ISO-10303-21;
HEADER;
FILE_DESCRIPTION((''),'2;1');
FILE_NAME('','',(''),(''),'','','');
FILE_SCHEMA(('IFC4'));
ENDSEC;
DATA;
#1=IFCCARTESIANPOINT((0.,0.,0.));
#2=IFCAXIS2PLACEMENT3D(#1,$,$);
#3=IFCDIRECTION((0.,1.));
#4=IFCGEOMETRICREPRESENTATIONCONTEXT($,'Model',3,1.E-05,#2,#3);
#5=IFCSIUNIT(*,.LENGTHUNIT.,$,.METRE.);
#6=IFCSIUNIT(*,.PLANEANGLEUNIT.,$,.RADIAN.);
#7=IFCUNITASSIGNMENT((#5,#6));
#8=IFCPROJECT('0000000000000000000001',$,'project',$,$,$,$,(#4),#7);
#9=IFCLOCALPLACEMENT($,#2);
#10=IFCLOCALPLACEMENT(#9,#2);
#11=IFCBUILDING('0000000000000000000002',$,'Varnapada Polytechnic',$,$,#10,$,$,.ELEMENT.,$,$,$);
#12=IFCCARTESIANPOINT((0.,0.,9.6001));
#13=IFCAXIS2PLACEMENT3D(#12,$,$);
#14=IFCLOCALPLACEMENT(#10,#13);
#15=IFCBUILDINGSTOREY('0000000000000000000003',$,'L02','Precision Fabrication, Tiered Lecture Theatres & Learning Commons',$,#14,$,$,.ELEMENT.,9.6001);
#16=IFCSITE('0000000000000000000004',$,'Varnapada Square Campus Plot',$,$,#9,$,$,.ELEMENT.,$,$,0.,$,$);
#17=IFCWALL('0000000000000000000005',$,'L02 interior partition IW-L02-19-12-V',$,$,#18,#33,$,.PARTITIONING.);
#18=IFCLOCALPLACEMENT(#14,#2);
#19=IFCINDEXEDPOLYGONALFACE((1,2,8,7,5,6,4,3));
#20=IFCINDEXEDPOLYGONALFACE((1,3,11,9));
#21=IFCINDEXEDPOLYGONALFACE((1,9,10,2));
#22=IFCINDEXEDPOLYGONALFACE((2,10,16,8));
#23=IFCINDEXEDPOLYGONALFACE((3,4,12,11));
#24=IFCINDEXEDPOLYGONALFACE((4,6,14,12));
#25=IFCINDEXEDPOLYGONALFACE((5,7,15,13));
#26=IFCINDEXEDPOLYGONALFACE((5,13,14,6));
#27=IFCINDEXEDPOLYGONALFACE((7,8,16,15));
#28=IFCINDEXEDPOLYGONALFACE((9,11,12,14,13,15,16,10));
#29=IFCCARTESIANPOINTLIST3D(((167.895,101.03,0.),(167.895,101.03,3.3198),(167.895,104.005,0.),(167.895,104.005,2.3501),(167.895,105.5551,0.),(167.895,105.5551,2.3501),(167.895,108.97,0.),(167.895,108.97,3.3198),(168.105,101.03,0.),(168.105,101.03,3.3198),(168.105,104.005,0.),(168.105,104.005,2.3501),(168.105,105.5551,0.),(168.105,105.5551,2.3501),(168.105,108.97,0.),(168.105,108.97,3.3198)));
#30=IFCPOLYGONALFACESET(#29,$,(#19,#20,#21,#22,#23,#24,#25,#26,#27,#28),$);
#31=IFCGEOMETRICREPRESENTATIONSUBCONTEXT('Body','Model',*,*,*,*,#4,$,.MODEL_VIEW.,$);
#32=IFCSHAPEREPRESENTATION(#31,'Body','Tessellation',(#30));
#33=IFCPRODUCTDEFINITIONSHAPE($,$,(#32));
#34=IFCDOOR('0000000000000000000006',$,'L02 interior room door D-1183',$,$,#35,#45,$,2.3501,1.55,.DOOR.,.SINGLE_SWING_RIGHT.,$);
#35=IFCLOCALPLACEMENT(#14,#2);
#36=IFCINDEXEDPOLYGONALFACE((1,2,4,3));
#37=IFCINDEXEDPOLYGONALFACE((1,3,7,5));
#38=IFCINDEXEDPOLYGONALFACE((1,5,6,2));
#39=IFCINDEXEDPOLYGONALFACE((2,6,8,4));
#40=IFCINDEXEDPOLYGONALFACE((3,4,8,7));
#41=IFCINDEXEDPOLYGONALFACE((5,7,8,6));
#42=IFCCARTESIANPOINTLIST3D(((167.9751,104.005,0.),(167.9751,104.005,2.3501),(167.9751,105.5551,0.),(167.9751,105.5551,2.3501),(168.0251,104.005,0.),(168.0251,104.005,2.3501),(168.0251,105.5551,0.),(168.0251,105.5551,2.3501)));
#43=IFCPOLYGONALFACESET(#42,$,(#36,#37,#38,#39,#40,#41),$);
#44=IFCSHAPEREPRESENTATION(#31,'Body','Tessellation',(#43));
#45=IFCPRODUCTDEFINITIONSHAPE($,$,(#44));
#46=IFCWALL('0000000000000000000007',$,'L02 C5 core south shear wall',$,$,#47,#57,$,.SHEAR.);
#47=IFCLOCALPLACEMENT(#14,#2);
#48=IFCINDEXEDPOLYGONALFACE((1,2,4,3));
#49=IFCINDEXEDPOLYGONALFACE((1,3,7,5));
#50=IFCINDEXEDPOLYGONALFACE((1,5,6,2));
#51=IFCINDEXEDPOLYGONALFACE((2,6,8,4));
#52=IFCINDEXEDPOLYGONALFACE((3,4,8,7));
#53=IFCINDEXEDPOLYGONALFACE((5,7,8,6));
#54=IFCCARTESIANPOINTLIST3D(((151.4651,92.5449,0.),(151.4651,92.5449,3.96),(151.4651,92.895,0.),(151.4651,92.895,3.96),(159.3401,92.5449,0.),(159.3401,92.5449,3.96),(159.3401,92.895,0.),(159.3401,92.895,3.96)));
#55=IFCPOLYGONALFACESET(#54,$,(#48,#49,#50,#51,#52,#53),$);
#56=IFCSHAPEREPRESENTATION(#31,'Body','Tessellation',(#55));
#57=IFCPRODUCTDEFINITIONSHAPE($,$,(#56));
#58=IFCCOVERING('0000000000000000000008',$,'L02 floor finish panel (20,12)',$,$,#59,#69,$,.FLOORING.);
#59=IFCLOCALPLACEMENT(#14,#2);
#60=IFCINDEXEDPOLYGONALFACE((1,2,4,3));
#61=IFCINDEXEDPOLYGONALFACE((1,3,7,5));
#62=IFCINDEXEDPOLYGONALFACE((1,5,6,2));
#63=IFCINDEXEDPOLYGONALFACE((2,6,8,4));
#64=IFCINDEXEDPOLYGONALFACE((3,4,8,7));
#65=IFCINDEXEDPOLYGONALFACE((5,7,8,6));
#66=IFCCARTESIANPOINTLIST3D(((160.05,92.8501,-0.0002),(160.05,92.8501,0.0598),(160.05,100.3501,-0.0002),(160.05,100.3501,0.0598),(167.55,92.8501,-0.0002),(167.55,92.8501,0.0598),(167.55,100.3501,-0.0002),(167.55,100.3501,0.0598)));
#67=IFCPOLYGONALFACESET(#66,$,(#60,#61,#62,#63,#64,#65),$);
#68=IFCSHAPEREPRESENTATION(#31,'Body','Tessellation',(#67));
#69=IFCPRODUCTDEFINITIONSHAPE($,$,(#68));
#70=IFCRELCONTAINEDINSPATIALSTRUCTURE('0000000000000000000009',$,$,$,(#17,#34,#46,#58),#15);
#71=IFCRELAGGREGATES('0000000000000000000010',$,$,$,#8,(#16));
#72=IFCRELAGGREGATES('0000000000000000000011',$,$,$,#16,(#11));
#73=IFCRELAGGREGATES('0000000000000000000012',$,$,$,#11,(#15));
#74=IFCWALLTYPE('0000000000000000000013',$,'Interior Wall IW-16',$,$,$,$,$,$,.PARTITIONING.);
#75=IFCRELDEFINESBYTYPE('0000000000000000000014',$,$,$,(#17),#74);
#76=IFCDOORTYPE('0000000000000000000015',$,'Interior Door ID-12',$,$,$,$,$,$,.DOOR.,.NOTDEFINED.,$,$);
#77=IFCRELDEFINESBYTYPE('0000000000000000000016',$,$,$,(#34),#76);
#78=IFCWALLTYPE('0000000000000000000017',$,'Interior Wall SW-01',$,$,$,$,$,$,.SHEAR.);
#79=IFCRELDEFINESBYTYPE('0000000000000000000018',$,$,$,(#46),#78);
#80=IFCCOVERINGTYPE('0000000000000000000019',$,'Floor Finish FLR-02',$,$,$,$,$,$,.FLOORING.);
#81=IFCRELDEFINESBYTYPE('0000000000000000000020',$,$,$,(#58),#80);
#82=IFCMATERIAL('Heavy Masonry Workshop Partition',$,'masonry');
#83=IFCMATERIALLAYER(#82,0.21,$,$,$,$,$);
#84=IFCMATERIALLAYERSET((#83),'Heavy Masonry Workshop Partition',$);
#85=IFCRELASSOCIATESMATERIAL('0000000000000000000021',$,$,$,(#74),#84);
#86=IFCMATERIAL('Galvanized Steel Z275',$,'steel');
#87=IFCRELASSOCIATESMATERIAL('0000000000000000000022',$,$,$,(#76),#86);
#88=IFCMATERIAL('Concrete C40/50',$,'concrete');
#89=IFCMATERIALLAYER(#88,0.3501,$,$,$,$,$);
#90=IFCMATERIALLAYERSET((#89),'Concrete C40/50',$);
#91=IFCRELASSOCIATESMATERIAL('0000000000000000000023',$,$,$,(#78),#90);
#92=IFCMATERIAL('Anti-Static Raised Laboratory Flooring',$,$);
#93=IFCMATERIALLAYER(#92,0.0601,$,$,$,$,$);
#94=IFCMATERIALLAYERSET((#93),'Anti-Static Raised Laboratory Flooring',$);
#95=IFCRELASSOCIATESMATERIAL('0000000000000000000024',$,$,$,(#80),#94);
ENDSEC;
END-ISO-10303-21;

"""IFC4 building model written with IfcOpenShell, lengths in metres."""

from ifc_helpers import new_model, si_unit, direction, frame, frame_2d, origin, origin_2d, place, context, subcontext, project, spatial, rectangle, extrude, material, layer, layer_set, type_object, element, fill, save


model = new_model("IFC4")

# Units and contexts
model_context = context("Model", 3, precision=1e-05, world=origin(), true_north=direction((0.0, 1.0)))
body_context = subcontext(model_context, "Body", "Model", "MODEL_VIEW")
ifc_project = project(units=[si_unit("LENGTHUNIT", "METRE"), si_unit("PLANEANGLEUNIT", "RADIAN")], contexts=[model_context])

# Site, building, storey
site_placement = place(None, origin())
site = spatial("IfcSite", under=ifc_project, at=site_placement, Name="Varnapada Square Campus Plot", CompositionType="ELEMENT", RefElevation=0.0)
building_placement = place(site_placement, origin())
building = spatial("IfcBuilding", under=site, at=building_placement, Name="Varnapada Polytechnic", CompositionType="ELEMENT")
storey_placement = place(building_placement, frame((0.0, 0.0, 9.6001)))
storey = spatial("IfcBuildingStorey", under=building, at=storey_placement, Name="L02", Description="Precision Fabrication, Tiered Lecture Theatres & Learning Commons", CompositionType="ELEMENT", Elevation=9.6001)

# Shared definitions
ifc_material_1 = material(Name="Galvanized Steel Z275", Category="steel")

# Wall, opening, door
ifc_material_2 = material(Name="Heavy Masonry Workshop Partition", Category="masonry")
ifc_layer_1 = layer(ifc_material_2, 0.21)
ifc_layer_set_1 = layer_set([ifc_layer_1], Name="Heavy Masonry Workshop Partition")
wall_type_1 = type_object("IfcWallType", Name="Interior Wall IW-16", PredefinedType="PARTITIONING", material=ifc_layer_set_1)
wall_1_placement = place(storey_placement, frame((168.0, 101.03, 0.0), z_axis=(0.0, 0.0, 1.0), x_axis=(0.0, 1.0, 0.0)))
wall_1 = element("IfcWall", 1, at=wall_1_placement, inside=storey, type_object=wall_type_1, Name="L02 interior partition IW-L02-19-12-V", PredefinedType="PARTITIONING", context=body_context, shape_type="SweptSolid", body=[
    extrude(rectangle(XDim=7.9399, YDim=0.21, at=frame_2d((3.97, 0.0))), origin(), (0.0, 0.0, 1.0), 3.3198),
])
opening_1_placement = place(wall_1_placement, frame((2.9751, 0.0, 0.0)))
opening_1 = element("IfcOpeningElement", 2, at=opening_1_placement, cuts=wall_1, PredefinedType="OPENING", context=body_context, shape_type="SweptSolid", body=[
    extrude(rectangle(XDim=1.55, YDim=2.3501, at=frame_2d((0.7749, 1.175))), frame((0.0, 0.115, 0.0), z_axis=(0.0, -1.0, 0.0), x_axis=(1.0, 0.0, 0.0)), (0.0, 0.0, 1.0), 0.23),
])
door_type_1 = type_object("IfcDoorType", Name="Interior Door ID-12", OperationType="NOTDEFINED", PredefinedType="DOOR", material=ifc_material_1)
door_1_placement = place(opening_1_placement, origin())
door_1 = element("IfcDoor", 3, at=door_1_placement, inside=storey, type_object=door_type_1, Name="L02 interior room door D-1183", OperationType="SINGLE_SWING_RIGHT", OverallHeight=2.3501, OverallWidth=1.55, PredefinedType="DOOR", context=body_context, shape_type="SweptSolid", body=[
    extrude(rectangle(XDim=1.55, YDim=2.3501, at=frame_2d((0.7749, 1.175))), frame((0.0, 0.0249, 0.0), z_axis=(0.0, -1.0, 0.0), x_axis=(1.0, 0.0, 0.0)), (0.0, 0.0, 1.0), 0.05),
])
fill(opening_1, door_1)

# Wall
ifc_material_3 = material(Name="Concrete C40/50", Category="concrete")
ifc_layer_2 = layer(ifc_material_3, 0.3501)
ifc_layer_set_2 = layer_set([ifc_layer_2], Name="Concrete C40/50")
wall_type_2 = type_object("IfcWallType", Name="Interior Wall SW-01", PredefinedType="SHEAR", material=ifc_layer_set_2)
wall_2_placement = place(storey_placement, frame((159.3401, 92.72, 0.0), z_axis=(0.0, 0.0, 1.0), x_axis=(-1.0, 0.0, 0.0)))
element("IfcWall", 4, at=wall_2_placement, inside=storey, type_object=wall_type_2, Name="L02 C5 core south shear wall", PredefinedType="SHEAR", context=body_context, shape_type="SweptSolid", body=[
    extrude(rectangle(XDim=7.875, YDim=0.3501, at=frame_2d((3.9375, 0.0))), origin(), (0.0, 0.0, 1.0), 3.96),
])

# Covering
ifc_material_4 = material(Name="Anti-Static Raised Laboratory Flooring")
ifc_layer_3 = layer(ifc_material_4, 0.0601)
ifc_layer_set_3 = layer_set([ifc_layer_3], Name="Anti-Static Raised Laboratory Flooring")
covering_type_1 = type_object("IfcCoveringType", Name="Floor Finish FLR-02", PredefinedType="FLOORING", material=ifc_layer_set_3)
covering_1_placement = place(storey_placement, frame((163.8, 96.6001, -0.0002), z_axis=(0.0, 0.0, 1.0), x_axis=(1.0, 0.0, 0.0)))
element("IfcCovering", 5, at=covering_1_placement, inside=storey, type_object=covering_type_1, Name="L02 floor finish panel (20,12)", PredefinedType="FLOORING", context=body_context, shape_type="SweptSolid", body=[
    extrude(rectangle(XDim=7.5, YDim=7.5, at=origin_2d()), origin(), (0.0, 0.0, 1.0), 0.0601),
])

save(model, "model.ifc")
